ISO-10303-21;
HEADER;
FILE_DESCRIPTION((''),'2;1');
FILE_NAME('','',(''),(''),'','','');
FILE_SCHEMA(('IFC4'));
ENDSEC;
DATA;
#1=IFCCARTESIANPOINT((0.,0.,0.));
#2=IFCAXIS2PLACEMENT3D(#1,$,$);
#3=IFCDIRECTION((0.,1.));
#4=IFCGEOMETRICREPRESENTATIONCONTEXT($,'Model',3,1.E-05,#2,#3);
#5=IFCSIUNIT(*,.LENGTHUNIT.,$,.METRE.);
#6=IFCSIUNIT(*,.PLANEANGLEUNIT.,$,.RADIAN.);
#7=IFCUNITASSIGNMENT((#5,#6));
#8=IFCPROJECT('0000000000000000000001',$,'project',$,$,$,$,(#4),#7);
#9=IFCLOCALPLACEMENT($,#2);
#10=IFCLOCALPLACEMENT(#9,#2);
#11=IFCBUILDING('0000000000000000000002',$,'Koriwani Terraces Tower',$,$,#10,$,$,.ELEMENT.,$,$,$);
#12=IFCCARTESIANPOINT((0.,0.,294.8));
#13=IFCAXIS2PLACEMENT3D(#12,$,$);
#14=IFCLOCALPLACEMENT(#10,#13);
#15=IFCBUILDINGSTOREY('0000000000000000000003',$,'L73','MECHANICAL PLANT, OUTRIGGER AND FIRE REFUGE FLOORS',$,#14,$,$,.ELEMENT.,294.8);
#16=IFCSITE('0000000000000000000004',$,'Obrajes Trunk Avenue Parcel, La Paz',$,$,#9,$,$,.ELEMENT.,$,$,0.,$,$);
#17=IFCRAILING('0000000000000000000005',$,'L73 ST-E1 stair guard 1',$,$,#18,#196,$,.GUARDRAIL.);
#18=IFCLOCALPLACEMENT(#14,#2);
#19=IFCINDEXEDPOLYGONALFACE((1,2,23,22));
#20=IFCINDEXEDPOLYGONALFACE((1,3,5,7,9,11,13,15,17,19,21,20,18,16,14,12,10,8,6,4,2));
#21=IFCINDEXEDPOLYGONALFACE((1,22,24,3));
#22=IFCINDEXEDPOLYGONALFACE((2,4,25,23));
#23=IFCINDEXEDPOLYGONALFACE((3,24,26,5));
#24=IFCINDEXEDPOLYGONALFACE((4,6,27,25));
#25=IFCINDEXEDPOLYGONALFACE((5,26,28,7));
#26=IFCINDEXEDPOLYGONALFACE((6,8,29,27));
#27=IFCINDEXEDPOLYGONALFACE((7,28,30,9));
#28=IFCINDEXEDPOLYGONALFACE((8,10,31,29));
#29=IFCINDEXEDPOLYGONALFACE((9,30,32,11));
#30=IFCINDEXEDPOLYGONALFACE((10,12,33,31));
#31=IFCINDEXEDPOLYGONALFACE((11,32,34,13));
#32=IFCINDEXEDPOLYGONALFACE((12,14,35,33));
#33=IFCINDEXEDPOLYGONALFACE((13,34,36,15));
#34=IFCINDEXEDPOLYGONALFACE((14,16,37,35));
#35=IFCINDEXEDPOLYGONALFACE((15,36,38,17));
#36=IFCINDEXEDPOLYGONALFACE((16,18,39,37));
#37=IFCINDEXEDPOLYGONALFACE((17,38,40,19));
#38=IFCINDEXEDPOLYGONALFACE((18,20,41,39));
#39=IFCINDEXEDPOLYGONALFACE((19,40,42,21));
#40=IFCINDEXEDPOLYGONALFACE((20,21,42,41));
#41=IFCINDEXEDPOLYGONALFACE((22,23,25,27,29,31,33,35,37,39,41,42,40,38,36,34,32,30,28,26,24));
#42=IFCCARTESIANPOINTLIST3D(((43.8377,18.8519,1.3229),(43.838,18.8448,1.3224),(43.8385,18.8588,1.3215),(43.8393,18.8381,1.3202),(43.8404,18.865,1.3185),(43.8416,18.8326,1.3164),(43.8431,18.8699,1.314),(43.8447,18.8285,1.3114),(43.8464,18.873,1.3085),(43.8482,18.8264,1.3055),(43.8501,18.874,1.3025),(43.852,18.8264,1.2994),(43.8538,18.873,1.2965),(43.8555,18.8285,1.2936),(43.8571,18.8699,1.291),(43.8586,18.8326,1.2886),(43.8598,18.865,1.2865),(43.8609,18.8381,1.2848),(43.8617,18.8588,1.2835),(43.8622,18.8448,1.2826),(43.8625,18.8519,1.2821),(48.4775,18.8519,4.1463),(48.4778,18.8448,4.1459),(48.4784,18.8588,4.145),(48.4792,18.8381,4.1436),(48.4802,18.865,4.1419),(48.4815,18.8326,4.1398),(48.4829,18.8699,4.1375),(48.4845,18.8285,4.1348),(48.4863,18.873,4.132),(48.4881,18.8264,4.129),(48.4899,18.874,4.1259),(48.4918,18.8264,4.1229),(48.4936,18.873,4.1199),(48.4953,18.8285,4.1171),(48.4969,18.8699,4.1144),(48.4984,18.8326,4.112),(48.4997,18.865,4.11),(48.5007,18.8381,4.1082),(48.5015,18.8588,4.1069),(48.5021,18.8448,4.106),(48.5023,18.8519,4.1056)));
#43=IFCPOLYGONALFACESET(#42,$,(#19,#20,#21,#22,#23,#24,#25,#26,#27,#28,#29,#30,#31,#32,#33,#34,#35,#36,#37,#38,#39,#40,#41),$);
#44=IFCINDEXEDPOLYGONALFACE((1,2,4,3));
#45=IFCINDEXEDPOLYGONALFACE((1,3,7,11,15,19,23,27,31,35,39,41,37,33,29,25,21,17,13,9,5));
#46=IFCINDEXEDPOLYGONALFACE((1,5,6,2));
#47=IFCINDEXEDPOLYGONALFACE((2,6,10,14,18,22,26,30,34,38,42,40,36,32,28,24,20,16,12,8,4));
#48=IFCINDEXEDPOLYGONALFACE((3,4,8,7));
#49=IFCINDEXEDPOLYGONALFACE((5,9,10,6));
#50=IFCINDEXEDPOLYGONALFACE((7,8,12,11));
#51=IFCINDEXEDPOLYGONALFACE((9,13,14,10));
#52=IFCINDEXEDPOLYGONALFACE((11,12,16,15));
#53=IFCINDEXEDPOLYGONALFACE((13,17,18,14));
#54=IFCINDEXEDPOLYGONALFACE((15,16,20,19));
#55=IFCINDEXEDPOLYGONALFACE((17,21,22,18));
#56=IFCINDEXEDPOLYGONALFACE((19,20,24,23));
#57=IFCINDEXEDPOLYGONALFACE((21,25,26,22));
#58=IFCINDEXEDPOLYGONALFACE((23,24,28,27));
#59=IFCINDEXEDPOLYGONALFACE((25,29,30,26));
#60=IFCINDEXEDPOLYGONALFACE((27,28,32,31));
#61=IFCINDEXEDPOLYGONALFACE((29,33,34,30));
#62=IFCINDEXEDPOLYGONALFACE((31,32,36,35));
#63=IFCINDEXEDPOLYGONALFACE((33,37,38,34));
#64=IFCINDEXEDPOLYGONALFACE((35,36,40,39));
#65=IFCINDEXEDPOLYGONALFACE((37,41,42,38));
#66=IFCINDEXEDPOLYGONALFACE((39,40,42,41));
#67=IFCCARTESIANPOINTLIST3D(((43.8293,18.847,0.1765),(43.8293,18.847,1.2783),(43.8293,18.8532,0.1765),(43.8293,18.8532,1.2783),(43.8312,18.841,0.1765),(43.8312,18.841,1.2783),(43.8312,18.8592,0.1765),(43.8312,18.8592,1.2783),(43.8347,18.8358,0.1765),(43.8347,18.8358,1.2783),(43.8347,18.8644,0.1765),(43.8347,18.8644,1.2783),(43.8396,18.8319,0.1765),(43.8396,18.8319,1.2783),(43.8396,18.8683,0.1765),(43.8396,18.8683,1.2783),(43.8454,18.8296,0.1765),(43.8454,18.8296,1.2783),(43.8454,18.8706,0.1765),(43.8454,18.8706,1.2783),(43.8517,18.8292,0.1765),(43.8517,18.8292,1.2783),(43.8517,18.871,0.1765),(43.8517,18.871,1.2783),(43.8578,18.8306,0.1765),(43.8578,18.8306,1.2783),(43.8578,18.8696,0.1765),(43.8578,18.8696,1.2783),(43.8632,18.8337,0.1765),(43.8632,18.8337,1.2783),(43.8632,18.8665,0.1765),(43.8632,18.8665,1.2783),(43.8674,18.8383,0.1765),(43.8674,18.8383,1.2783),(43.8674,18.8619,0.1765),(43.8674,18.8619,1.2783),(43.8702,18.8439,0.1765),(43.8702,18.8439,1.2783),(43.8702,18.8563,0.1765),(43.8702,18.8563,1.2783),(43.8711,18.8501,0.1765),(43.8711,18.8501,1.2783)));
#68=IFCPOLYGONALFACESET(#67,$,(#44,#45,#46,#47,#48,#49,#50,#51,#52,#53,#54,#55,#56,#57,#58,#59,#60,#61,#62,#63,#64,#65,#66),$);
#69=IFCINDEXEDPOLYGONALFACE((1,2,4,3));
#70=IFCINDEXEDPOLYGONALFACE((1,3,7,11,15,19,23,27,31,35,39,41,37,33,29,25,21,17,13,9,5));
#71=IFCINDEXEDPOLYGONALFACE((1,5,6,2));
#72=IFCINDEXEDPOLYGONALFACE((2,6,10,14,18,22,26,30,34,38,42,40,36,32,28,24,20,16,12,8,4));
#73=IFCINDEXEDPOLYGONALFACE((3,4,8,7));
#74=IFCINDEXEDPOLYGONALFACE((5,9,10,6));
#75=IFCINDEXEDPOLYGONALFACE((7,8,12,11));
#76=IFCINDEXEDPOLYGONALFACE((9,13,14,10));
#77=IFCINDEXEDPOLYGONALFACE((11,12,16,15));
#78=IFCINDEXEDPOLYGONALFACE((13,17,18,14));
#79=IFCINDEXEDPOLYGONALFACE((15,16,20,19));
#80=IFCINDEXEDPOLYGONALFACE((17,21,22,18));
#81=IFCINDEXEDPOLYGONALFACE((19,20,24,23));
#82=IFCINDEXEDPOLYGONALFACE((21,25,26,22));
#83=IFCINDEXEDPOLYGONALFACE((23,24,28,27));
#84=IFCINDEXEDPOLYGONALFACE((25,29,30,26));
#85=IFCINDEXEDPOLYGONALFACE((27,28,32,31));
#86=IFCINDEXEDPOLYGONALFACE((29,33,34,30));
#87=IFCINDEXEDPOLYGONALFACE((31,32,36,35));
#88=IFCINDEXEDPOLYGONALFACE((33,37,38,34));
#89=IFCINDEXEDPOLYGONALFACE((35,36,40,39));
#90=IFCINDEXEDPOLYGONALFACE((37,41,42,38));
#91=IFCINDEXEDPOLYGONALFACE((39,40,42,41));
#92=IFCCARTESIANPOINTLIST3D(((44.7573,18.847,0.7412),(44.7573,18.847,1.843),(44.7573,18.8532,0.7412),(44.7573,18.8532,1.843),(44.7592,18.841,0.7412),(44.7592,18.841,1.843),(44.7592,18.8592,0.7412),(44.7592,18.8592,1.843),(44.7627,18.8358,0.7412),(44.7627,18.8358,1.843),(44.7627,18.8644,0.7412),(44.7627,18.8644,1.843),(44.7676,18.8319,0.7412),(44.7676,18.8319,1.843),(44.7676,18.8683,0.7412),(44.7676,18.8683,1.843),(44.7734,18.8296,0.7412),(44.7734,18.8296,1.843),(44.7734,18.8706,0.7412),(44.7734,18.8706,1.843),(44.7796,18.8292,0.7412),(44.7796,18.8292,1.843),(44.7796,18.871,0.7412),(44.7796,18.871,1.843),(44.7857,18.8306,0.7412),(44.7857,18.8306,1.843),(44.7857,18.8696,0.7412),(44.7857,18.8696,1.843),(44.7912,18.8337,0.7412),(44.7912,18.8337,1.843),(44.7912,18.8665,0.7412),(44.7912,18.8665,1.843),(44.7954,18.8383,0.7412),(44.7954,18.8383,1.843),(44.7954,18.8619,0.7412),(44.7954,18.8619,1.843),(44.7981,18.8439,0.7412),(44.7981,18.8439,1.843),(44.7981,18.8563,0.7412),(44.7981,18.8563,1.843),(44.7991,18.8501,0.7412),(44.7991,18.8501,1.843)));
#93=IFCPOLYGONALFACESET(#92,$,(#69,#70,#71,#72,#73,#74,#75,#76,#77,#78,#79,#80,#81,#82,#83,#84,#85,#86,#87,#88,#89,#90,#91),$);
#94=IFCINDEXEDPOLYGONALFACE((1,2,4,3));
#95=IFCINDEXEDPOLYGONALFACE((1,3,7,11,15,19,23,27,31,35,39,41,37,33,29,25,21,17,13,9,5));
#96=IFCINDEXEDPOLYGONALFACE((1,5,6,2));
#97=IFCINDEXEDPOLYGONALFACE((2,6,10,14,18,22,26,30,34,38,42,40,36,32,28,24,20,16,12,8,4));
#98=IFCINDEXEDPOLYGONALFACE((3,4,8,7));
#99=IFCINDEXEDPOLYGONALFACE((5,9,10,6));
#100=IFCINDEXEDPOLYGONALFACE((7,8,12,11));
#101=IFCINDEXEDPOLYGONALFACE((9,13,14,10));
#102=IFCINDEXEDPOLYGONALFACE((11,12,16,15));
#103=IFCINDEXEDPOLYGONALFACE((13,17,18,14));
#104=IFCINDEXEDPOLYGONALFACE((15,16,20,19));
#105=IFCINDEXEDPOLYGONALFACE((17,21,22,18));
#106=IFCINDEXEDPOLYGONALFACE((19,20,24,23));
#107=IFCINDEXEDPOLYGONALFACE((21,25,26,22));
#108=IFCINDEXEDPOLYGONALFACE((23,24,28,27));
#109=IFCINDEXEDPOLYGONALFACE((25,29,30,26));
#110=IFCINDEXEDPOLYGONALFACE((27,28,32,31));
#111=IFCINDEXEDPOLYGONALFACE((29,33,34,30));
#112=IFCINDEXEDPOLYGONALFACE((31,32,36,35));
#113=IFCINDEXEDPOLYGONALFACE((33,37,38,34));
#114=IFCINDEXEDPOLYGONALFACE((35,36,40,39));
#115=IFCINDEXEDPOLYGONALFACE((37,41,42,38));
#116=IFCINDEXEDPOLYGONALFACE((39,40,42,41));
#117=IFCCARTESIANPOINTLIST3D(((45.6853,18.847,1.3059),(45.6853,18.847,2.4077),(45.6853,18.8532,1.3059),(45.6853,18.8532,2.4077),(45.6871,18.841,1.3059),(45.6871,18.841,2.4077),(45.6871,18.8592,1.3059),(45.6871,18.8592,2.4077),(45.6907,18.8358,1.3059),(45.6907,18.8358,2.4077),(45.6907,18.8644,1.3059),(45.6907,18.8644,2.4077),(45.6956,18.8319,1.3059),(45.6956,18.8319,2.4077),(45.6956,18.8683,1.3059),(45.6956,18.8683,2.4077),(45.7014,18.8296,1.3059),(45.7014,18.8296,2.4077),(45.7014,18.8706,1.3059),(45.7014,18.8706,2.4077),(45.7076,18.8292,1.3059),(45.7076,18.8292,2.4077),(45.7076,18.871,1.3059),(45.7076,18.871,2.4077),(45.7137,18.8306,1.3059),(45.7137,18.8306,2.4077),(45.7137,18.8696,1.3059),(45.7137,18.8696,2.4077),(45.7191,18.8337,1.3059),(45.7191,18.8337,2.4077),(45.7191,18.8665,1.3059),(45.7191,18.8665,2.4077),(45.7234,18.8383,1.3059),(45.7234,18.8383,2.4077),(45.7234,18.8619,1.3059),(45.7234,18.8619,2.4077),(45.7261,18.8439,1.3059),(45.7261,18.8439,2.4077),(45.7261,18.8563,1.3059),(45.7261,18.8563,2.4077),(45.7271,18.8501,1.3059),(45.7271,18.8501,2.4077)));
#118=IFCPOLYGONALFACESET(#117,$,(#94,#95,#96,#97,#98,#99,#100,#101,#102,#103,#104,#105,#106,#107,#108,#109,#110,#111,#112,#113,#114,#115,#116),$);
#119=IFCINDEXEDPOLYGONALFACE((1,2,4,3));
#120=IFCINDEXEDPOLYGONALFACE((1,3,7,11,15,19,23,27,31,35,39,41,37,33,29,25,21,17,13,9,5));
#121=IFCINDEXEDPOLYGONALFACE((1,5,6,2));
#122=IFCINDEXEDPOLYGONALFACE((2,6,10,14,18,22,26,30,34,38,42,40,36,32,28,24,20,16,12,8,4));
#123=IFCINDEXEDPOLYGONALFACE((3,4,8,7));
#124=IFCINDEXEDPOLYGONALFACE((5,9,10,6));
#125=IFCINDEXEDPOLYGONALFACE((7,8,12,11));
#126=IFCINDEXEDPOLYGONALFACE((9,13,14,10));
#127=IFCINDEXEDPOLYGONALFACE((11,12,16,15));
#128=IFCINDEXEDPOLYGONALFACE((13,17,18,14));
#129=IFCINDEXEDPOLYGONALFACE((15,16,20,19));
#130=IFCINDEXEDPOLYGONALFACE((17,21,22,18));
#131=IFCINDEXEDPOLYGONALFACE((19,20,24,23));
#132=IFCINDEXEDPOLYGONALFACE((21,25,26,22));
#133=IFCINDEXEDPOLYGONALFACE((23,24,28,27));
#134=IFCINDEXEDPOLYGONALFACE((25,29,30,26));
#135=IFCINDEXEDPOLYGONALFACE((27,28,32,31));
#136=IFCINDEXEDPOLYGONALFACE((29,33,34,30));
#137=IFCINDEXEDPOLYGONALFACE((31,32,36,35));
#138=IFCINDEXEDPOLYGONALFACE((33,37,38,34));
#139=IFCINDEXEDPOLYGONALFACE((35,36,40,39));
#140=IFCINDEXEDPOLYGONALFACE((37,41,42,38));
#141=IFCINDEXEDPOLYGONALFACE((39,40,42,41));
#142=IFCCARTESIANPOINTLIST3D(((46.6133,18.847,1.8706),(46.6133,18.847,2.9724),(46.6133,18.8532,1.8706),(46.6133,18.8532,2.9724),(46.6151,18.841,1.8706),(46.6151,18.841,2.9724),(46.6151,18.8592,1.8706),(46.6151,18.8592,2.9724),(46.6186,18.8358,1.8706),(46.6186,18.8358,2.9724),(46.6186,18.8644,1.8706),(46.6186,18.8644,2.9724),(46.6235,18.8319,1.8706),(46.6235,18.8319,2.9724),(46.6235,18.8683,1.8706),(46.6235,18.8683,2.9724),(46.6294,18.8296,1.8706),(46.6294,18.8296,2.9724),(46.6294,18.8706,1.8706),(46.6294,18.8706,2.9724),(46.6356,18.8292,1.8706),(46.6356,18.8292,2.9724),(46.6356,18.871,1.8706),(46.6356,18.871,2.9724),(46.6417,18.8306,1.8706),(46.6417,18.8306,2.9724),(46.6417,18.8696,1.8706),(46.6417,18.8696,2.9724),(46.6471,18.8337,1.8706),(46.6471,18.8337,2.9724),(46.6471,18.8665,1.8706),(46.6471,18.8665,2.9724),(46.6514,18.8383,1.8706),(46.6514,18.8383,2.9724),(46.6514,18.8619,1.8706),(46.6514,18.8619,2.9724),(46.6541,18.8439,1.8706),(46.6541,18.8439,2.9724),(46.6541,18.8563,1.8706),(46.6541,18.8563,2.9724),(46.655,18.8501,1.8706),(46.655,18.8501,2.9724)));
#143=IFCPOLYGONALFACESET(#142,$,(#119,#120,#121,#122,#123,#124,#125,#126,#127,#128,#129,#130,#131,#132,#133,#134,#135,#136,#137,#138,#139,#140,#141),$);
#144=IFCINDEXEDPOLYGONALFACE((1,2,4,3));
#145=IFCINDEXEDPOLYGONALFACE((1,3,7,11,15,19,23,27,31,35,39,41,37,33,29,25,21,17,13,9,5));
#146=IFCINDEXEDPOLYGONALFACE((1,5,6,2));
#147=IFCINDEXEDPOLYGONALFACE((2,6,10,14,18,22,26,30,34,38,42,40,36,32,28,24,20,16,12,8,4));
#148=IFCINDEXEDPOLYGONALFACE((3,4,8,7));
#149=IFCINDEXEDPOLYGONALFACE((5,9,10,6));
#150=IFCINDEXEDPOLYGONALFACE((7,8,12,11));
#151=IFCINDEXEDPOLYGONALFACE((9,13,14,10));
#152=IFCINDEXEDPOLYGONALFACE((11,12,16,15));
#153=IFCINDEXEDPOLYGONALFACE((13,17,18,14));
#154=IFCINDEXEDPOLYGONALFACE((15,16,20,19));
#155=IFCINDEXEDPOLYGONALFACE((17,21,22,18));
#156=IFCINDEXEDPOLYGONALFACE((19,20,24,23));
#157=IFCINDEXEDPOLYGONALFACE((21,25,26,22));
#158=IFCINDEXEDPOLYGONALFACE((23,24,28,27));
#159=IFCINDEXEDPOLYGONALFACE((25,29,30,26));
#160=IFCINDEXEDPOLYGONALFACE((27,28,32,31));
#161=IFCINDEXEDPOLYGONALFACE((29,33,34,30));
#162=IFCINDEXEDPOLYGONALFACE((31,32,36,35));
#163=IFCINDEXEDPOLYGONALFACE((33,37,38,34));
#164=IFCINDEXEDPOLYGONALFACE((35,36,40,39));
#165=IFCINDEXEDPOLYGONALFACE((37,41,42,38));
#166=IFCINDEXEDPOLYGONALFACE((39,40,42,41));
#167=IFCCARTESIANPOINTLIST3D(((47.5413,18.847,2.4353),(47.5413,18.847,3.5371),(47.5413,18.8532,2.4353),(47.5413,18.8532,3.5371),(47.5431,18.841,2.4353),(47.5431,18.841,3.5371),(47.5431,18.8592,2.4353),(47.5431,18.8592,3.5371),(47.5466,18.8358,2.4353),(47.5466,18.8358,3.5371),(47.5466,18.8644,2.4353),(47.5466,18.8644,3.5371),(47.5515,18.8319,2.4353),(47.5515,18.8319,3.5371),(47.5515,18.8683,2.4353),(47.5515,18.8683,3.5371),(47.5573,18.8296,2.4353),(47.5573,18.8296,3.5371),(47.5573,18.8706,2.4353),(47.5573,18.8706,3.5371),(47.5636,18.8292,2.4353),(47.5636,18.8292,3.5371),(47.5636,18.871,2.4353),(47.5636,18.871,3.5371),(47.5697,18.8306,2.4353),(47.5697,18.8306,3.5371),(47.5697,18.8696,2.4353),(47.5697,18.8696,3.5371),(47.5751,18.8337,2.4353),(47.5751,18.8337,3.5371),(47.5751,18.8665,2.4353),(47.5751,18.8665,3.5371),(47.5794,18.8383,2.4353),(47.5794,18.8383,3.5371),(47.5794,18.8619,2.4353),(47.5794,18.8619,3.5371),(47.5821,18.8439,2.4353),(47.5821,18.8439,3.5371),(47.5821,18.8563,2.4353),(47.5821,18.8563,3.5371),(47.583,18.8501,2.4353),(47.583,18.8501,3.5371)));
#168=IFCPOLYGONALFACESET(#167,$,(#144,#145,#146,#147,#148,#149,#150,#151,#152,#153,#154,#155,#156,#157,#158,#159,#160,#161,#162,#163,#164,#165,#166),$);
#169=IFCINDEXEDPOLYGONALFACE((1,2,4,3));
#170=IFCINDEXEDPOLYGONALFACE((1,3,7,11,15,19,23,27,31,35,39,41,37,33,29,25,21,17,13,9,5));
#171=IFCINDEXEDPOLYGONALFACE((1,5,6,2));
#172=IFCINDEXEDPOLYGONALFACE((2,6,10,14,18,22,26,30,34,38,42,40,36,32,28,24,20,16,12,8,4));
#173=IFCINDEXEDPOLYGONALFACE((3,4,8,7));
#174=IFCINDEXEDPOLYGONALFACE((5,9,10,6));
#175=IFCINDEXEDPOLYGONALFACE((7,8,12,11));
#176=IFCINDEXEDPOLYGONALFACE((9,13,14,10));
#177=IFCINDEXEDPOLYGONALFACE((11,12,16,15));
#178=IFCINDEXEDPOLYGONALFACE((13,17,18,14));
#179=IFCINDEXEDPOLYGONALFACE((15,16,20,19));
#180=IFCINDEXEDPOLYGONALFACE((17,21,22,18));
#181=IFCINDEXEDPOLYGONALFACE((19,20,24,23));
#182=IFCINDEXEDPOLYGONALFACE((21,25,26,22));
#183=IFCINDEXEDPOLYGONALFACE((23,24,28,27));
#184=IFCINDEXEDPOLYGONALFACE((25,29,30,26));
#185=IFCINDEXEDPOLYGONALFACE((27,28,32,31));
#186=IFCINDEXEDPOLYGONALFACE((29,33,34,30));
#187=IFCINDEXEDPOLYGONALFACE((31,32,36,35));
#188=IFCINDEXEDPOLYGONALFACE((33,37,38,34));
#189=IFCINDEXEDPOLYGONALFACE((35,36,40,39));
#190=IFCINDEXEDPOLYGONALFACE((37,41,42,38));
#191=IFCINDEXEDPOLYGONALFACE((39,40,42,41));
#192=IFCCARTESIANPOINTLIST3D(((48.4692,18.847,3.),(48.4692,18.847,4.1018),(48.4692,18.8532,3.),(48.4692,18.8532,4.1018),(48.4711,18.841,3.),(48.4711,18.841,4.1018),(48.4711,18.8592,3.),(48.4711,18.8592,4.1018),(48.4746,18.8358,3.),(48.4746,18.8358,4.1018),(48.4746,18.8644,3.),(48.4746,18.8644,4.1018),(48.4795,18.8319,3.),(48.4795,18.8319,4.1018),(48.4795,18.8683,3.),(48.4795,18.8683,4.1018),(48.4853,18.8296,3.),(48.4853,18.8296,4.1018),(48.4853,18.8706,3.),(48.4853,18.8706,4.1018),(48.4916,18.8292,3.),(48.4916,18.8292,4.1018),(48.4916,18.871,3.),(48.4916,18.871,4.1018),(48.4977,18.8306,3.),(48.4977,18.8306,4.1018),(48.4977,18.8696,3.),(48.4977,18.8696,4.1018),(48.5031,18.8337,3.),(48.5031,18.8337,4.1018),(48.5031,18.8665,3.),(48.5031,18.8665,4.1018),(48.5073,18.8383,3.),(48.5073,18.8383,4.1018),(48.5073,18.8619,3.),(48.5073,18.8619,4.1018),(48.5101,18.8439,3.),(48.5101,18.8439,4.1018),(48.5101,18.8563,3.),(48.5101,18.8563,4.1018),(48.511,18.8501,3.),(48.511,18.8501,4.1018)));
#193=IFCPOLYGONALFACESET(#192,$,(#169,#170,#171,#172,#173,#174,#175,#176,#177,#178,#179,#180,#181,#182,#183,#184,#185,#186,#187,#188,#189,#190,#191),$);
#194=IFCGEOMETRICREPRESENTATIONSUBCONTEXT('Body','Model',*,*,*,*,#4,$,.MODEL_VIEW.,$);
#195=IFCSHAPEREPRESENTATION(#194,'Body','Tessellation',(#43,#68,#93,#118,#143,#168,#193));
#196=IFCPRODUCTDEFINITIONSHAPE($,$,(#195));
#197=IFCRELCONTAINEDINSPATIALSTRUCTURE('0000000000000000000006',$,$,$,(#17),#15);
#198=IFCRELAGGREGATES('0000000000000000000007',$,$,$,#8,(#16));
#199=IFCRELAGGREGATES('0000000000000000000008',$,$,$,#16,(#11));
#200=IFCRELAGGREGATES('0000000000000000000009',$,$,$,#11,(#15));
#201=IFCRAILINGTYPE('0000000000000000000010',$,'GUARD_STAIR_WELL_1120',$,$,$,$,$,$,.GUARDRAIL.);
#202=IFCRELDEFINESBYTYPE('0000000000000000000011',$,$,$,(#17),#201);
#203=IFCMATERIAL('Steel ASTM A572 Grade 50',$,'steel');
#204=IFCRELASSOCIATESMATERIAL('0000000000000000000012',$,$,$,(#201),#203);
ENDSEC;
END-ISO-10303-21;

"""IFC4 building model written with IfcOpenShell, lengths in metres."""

from ifc_helpers import new_model, si_unit, direction, frame, origin, origin_2d, place, context, subcontext, project, spatial, circle, extrude, material, type_object, element, save


model = new_model("IFC4")

# Units and contexts
model_context = context("Model", 3, precision=1e-05, world=origin(), true_north=direction((0.0, 1.0)))
body_context = subcontext(model_context, "Body", "Model", "MODEL_VIEW")
ifc_project = project(units=[si_unit("LENGTHUNIT", "METRE"), si_unit("PLANEANGLEUNIT", "RADIAN")], contexts=[model_context])

# Site, building, storey
site_placement = place(None, origin())
site = spatial("IfcSite", under=ifc_project, at=site_placement, Name="Obrajes Trunk Avenue Parcel, La Paz", CompositionType="ELEMENT", RefElevation=0.0)
building_placement = place(site_placement, origin())
building = spatial("IfcBuilding", under=site, at=building_placement, Name="Koriwani Terraces Tower", CompositionType="ELEMENT")
storey_placement = place(building_placement, frame((0.0, 0.0, 294.8)))
storey = spatial("IfcBuildingStorey", under=building, at=storey_placement, Name="L73", Description="MECHANICAL PLANT, OUTRIGGER AND FIRE REFUGE FLOORS", CompositionType="ELEMENT", Elevation=294.8)

# Shared definitions
ifc_material_1 = material(Name="Steel ASTM A572 Grade 50", Category="steel")

# Railing
railing_type_1 = type_object("IfcRailingType", Name="GUARD_STAIR_WELL_1120", PredefinedType="GUARDRAIL", material=ifc_material_1)
railing_1_placement = place(storey_placement, frame((43.8501, 18.8501, 0.1765)))
element("IfcRailing", 1, at=railing_1_placement, inside=storey, type_object=railing_type_1, Name="L73 ST-E1 stair guard 1", PredefinedType="GUARDRAIL", context=body_context, shape_type="SweptSolid", body=[
    extrude(circle(Radius=0.0239, at=origin_2d()), frame((0.0, 0.0, 1.126), z_axis=(0.854264, 0.0, 0.51984), x_axis=(0.0, 1.0, 0.0)), (0.0, 0.0, 1.0), 5.4314),
    extrude(circle(Radius=0.021, at=origin_2d()), origin(), (0.0, 0.0, 1.0), 1.1018),
    extrude(circle(Radius=0.021, at=origin_2d()), frame((0.928, 0.0, 0.5647)), (0.0, 0.0, 1.0), 1.1018),
    extrude(circle(Radius=0.021, at=origin_2d()), frame((1.856, 0.0, 1.1294)), (0.0, 0.0, 1.0), 1.1018),
    extrude(circle(Radius=0.021, at=origin_2d()), frame((2.7839, 0.0, 1.6941)), (0.0, 0.0, 1.0), 1.1018),
    extrude(circle(Radius=0.021, at=origin_2d()), frame((3.7119, 0.0, 2.2588)), (0.0, 0.0, 1.0), 1.1018),
    extrude(circle(Radius=0.021, at=origin_2d()), frame((4.6399, 0.0, 2.8235)), (0.0, 0.0, 1.0), 1.1018),
])

save(model, "model.ifc")
